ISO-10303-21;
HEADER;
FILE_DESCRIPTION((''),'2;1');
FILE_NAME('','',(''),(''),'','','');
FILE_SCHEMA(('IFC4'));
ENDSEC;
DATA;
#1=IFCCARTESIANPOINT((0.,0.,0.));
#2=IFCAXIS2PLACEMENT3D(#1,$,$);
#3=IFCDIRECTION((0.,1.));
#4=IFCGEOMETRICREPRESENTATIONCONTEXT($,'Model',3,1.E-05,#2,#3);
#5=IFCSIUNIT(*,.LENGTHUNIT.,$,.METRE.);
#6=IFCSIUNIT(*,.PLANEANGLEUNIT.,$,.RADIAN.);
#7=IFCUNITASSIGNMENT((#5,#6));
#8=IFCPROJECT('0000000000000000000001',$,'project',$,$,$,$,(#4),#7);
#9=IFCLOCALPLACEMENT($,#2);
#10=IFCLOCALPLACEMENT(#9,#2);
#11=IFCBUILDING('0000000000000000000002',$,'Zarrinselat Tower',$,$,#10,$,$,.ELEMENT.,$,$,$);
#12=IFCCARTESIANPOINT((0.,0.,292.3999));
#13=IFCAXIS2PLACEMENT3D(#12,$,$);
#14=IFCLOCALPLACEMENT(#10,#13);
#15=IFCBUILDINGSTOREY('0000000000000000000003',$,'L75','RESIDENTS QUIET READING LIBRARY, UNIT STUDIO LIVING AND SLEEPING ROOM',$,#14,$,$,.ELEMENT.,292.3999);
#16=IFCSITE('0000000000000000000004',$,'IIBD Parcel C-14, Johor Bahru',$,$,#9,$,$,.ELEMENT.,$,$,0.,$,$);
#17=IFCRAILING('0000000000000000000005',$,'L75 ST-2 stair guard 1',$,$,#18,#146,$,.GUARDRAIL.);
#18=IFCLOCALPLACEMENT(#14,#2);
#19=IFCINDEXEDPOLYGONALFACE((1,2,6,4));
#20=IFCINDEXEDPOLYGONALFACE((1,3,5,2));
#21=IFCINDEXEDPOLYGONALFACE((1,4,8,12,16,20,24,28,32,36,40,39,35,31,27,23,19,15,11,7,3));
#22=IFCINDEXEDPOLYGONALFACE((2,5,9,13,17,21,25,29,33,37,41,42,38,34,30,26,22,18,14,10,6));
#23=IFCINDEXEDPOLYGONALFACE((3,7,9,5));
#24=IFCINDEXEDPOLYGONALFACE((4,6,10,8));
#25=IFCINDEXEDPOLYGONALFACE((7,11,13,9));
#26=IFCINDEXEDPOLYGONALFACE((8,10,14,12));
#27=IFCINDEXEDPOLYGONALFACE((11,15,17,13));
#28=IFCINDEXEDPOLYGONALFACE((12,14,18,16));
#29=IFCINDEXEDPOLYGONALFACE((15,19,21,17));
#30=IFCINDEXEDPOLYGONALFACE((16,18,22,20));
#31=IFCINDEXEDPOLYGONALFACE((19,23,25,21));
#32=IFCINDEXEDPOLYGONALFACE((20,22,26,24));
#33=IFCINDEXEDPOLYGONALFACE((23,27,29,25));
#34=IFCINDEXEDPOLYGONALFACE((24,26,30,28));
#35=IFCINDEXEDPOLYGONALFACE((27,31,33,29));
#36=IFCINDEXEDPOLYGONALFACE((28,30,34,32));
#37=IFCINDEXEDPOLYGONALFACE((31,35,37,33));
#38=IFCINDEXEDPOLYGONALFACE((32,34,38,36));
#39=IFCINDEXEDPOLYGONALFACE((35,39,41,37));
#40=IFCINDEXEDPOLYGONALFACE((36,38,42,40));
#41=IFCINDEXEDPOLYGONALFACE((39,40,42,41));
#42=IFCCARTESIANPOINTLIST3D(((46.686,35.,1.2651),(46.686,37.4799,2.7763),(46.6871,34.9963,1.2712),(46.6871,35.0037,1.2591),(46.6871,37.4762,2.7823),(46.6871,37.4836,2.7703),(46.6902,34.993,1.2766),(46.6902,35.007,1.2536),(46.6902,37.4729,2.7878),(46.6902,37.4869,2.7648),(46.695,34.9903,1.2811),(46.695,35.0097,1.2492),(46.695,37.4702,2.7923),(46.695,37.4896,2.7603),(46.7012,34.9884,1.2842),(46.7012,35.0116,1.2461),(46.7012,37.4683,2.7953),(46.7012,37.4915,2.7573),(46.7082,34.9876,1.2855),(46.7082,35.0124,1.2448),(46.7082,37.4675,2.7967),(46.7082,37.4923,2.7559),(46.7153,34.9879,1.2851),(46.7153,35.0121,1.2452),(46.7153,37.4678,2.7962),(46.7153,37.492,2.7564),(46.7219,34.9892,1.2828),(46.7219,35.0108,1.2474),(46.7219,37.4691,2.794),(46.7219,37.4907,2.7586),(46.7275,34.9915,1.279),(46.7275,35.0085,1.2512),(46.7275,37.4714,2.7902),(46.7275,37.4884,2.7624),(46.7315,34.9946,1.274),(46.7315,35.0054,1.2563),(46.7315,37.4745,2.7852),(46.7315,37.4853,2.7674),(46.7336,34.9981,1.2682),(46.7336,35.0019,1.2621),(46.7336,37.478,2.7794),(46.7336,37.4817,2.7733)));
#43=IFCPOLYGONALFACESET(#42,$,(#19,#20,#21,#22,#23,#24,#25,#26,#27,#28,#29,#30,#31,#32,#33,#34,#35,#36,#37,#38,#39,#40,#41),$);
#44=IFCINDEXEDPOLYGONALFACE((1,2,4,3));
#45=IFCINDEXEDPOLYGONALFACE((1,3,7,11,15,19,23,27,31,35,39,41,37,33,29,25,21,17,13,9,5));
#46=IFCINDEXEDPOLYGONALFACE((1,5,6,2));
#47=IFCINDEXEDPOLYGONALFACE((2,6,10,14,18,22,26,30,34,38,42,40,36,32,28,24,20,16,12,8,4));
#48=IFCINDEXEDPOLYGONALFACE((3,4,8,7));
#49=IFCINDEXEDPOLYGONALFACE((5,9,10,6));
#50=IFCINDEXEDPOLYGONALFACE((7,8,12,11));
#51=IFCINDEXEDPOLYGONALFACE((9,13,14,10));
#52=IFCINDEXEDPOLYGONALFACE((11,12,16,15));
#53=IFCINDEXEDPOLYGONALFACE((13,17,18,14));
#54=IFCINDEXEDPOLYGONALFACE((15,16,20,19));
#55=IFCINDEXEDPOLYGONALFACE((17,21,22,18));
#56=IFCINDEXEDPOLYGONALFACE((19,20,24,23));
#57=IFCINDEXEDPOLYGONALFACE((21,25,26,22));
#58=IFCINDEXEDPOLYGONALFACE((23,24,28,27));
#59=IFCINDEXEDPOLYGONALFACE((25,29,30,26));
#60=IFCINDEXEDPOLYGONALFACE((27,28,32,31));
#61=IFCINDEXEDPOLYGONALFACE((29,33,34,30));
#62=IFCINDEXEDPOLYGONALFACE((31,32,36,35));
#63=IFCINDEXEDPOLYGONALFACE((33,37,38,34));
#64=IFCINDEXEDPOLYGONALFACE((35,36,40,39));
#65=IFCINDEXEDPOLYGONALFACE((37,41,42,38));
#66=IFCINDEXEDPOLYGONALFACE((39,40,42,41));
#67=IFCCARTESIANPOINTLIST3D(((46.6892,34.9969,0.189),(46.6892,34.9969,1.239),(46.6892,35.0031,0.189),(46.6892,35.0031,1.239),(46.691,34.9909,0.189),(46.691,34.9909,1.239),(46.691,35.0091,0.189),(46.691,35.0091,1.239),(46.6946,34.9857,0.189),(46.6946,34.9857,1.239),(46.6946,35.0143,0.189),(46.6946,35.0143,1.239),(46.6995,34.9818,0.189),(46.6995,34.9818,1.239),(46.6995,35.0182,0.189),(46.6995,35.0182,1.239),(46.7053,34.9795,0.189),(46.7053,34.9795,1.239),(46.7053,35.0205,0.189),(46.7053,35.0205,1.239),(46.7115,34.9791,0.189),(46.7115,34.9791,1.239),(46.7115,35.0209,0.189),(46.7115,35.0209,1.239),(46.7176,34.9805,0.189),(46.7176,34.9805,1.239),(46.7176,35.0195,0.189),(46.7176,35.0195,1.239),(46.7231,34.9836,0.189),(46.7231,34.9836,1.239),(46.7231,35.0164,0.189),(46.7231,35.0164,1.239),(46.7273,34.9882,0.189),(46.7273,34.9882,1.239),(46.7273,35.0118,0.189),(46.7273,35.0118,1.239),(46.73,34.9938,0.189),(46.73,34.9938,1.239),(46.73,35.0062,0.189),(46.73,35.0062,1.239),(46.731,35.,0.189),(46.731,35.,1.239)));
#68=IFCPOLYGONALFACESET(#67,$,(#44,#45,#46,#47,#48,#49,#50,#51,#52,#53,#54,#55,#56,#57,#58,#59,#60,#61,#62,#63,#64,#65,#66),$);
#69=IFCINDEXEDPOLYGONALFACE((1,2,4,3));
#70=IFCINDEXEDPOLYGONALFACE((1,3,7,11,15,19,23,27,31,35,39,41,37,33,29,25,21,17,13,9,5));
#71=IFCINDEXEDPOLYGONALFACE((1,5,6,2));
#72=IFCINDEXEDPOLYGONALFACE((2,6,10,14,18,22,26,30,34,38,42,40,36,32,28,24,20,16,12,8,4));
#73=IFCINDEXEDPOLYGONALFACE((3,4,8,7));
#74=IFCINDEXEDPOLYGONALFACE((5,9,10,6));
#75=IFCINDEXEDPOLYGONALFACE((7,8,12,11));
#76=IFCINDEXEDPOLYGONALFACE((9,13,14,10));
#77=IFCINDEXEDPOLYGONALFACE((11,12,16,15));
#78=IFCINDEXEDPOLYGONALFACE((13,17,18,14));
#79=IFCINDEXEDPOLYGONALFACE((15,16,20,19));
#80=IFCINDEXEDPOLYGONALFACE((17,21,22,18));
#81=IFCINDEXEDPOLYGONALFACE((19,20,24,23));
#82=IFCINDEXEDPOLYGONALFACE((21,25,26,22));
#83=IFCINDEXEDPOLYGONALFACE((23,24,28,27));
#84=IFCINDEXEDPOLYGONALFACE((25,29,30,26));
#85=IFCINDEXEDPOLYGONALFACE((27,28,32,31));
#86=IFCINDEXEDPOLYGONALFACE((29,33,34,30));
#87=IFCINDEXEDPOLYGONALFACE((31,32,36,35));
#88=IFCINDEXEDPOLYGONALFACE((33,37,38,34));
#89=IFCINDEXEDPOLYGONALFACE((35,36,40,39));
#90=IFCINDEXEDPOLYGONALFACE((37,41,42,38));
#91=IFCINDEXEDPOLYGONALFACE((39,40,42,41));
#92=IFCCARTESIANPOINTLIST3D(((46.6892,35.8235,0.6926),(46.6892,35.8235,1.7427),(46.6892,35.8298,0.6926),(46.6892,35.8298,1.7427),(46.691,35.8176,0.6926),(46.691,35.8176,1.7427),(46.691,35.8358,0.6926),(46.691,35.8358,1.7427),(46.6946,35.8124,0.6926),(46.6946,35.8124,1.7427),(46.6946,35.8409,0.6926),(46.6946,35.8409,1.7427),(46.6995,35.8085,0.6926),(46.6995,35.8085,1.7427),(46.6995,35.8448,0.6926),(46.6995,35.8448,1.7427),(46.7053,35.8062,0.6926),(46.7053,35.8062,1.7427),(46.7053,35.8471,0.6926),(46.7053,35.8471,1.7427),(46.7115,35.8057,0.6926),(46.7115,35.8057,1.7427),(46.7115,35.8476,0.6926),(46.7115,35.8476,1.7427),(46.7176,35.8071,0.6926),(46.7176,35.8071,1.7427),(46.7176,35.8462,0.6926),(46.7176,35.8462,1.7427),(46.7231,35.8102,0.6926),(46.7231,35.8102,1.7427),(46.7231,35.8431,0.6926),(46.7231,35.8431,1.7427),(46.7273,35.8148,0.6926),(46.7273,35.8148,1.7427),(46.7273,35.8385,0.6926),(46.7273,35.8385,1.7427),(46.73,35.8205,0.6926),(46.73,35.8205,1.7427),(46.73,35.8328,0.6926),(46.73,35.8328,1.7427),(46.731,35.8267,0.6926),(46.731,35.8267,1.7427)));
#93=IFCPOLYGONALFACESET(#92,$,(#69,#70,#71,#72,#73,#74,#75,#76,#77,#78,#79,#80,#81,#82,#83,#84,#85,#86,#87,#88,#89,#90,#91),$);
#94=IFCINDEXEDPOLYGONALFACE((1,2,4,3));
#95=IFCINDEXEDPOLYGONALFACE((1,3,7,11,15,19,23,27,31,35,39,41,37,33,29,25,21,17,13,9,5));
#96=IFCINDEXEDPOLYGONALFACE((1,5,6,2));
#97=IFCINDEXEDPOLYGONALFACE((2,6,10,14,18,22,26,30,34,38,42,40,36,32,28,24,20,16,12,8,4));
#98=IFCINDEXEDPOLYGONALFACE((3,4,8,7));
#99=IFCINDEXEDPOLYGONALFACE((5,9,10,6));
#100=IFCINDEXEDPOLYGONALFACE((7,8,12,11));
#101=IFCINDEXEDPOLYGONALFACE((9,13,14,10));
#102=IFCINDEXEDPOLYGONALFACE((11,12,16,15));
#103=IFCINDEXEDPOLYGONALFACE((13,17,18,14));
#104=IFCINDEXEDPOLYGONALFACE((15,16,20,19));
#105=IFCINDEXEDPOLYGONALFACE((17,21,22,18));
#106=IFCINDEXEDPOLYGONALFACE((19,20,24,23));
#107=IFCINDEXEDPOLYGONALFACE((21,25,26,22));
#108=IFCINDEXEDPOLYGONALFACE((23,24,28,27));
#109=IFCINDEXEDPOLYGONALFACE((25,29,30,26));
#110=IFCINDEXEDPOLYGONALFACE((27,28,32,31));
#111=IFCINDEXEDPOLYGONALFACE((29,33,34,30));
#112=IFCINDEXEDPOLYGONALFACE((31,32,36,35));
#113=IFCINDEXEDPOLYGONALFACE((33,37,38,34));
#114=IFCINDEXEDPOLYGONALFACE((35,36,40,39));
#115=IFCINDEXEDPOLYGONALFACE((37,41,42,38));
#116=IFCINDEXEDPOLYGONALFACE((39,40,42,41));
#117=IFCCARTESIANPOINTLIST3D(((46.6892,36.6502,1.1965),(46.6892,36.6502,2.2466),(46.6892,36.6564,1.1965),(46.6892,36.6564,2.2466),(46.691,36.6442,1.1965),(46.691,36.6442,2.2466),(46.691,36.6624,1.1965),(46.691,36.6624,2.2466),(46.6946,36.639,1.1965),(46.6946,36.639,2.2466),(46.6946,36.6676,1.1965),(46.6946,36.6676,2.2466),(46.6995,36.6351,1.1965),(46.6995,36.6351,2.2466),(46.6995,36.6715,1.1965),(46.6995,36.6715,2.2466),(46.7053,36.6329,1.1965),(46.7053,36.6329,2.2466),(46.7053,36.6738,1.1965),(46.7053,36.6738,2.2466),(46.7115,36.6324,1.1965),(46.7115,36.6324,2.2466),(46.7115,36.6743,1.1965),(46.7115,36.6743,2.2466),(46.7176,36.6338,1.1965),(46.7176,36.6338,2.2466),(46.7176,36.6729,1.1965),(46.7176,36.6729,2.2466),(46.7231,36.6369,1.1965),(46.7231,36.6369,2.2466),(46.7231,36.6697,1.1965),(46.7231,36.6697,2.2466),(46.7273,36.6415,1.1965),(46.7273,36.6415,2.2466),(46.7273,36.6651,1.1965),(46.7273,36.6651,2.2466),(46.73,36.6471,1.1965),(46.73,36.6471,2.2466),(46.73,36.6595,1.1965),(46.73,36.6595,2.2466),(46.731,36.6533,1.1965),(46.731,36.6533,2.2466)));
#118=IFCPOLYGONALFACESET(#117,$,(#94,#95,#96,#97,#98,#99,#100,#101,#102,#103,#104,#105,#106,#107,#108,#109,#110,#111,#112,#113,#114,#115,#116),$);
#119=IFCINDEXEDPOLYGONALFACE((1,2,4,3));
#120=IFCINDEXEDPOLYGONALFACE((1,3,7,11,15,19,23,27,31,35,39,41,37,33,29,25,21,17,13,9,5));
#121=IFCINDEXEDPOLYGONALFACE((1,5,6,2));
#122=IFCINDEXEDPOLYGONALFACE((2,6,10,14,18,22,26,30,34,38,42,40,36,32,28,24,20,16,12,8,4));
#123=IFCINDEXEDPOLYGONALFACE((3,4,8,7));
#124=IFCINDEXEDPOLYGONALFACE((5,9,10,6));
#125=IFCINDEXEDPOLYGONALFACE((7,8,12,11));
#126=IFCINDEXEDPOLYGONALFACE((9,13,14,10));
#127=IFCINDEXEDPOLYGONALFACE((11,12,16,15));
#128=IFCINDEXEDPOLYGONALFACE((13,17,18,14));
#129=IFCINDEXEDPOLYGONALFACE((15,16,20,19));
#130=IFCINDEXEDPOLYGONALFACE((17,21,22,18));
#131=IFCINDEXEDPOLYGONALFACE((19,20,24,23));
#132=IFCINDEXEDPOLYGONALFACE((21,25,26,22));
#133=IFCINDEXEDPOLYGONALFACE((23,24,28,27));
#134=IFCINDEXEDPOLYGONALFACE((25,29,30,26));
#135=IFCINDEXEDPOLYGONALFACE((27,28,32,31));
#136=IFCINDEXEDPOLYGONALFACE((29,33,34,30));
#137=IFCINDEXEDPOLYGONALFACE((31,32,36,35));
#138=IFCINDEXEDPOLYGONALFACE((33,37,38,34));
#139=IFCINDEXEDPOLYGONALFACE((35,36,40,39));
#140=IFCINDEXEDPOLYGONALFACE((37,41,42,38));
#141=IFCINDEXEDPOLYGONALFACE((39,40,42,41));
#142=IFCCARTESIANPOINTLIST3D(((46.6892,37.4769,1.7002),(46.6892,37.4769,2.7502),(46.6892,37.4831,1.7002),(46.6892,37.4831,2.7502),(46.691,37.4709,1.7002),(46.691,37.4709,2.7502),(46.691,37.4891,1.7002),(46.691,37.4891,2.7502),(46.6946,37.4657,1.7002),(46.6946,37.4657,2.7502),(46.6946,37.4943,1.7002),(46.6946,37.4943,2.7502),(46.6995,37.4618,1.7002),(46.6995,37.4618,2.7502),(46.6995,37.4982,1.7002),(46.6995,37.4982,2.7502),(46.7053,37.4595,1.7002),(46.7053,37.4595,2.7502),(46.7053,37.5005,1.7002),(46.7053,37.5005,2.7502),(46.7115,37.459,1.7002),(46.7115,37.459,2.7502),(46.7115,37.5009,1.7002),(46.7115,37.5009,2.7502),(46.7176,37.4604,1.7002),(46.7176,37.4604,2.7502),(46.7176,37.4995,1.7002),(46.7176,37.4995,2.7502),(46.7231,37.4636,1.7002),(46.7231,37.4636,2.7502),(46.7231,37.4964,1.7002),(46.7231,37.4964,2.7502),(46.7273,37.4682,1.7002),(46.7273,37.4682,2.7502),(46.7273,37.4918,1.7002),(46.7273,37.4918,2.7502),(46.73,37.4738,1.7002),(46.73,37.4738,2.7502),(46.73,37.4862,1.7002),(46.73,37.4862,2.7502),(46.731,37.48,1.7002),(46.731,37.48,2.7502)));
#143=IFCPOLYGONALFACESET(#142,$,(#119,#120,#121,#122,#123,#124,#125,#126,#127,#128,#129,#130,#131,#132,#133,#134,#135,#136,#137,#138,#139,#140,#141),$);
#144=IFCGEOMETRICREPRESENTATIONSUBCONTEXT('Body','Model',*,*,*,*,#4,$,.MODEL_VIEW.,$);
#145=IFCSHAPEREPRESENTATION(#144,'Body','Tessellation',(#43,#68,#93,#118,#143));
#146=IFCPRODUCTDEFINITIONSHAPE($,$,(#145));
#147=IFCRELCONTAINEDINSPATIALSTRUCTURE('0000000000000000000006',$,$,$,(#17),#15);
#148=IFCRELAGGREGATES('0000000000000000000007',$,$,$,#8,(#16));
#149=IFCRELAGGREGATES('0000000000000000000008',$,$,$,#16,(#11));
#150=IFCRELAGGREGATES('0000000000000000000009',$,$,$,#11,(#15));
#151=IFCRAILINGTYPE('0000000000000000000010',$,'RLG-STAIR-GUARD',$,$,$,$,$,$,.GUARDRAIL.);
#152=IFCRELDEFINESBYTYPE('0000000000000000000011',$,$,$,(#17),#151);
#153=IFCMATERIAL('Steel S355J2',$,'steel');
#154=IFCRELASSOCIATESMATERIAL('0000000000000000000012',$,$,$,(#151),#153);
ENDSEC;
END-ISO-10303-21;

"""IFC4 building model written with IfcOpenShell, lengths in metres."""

from ifc_helpers import new_model, si_unit, direction, frame, origin, origin_2d, place, context, subcontext, project, spatial, circle, extrude, material, type_object, element, save


model = new_model("IFC4")

# Units and contexts
model_context = context("Model", 3, precision=1e-05, world=origin(), true_north=direction((0.0, 1.0)))
body_context = subcontext(model_context, "Body", "Model", "MODEL_VIEW")
ifc_project = project(units=[si_unit("LENGTHUNIT", "METRE"), si_unit("PLANEANGLEUNIT", "RADIAN")], contexts=[model_context])

# Site, building, storey
site_placement = place(None, origin())
site = spatial("IfcSite", under=ifc_project, at=site_placement, Name="IIBD Parcel C-14, Johor Bahru", CompositionType="ELEMENT", RefElevation=0.0)
building_placement = place(site_placement, origin())
building = spatial("IfcBuilding", under=site, at=building_placement, Name="Zarrinselat Tower", CompositionType="ELEMENT")
storey_placement = place(building_placement, frame((0.0, 0.0, 292.3999)))
storey = spatial("IfcBuildingStorey", under=building, at=storey_placement, Name="L75", Description="RESIDENTS QUIET READING LIBRARY, UNIT STUDIO LIVING AND SLEEPING ROOM", CompositionType="ELEMENT", Elevation=292.3999)

# Railing
ifc_material_1 = material(Name="Steel S355J2", Category="steel")
railing_type_1 = type_object("IfcRailingType", Name="RLG-STAIR-GUARD", PredefinedType="GUARDRAIL", material=ifc_material_1)
railing_1_placement = place(storey_placement, frame((46.71, 35.0, 0.189)))
element("IfcRailing", 1, at=railing_1_placement, inside=storey, type_object=railing_type_1, Name="L75 ST-2 stair guard 1", PredefinedType="GUARDRAIL", context=body_context, shape_type="SweptSolid", body=[
    extrude(circle(Radius=0.0239, at=origin_2d()), frame((0.0, 0.0, 1.0762), z_axis=(0.0, 0.853942, 0.520368), x_axis=(-1.0, 0.0, 0.0)), (0.0, 0.0, 1.0), 2.9041),
    extrude(circle(Radius=0.021, at=origin_2d()), origin(), (0.0, 0.0, 1.0), 1.05),
    extrude(circle(Radius=0.021, at=origin_2d()), frame((0.0, 0.8267, 0.5037)), (0.0, 0.0, 1.0), 1.05),
    extrude(circle(Radius=0.021, at=origin_2d()), frame((0.0, 1.6533, 1.0076)), (0.0, 0.0, 1.0), 1.05),
    extrude(circle(Radius=0.021, at=origin_2d()), frame((0.0, 2.48, 1.5112)), (0.0, 0.0, 1.0), 1.05),
])

save(model, "model.ifc")
